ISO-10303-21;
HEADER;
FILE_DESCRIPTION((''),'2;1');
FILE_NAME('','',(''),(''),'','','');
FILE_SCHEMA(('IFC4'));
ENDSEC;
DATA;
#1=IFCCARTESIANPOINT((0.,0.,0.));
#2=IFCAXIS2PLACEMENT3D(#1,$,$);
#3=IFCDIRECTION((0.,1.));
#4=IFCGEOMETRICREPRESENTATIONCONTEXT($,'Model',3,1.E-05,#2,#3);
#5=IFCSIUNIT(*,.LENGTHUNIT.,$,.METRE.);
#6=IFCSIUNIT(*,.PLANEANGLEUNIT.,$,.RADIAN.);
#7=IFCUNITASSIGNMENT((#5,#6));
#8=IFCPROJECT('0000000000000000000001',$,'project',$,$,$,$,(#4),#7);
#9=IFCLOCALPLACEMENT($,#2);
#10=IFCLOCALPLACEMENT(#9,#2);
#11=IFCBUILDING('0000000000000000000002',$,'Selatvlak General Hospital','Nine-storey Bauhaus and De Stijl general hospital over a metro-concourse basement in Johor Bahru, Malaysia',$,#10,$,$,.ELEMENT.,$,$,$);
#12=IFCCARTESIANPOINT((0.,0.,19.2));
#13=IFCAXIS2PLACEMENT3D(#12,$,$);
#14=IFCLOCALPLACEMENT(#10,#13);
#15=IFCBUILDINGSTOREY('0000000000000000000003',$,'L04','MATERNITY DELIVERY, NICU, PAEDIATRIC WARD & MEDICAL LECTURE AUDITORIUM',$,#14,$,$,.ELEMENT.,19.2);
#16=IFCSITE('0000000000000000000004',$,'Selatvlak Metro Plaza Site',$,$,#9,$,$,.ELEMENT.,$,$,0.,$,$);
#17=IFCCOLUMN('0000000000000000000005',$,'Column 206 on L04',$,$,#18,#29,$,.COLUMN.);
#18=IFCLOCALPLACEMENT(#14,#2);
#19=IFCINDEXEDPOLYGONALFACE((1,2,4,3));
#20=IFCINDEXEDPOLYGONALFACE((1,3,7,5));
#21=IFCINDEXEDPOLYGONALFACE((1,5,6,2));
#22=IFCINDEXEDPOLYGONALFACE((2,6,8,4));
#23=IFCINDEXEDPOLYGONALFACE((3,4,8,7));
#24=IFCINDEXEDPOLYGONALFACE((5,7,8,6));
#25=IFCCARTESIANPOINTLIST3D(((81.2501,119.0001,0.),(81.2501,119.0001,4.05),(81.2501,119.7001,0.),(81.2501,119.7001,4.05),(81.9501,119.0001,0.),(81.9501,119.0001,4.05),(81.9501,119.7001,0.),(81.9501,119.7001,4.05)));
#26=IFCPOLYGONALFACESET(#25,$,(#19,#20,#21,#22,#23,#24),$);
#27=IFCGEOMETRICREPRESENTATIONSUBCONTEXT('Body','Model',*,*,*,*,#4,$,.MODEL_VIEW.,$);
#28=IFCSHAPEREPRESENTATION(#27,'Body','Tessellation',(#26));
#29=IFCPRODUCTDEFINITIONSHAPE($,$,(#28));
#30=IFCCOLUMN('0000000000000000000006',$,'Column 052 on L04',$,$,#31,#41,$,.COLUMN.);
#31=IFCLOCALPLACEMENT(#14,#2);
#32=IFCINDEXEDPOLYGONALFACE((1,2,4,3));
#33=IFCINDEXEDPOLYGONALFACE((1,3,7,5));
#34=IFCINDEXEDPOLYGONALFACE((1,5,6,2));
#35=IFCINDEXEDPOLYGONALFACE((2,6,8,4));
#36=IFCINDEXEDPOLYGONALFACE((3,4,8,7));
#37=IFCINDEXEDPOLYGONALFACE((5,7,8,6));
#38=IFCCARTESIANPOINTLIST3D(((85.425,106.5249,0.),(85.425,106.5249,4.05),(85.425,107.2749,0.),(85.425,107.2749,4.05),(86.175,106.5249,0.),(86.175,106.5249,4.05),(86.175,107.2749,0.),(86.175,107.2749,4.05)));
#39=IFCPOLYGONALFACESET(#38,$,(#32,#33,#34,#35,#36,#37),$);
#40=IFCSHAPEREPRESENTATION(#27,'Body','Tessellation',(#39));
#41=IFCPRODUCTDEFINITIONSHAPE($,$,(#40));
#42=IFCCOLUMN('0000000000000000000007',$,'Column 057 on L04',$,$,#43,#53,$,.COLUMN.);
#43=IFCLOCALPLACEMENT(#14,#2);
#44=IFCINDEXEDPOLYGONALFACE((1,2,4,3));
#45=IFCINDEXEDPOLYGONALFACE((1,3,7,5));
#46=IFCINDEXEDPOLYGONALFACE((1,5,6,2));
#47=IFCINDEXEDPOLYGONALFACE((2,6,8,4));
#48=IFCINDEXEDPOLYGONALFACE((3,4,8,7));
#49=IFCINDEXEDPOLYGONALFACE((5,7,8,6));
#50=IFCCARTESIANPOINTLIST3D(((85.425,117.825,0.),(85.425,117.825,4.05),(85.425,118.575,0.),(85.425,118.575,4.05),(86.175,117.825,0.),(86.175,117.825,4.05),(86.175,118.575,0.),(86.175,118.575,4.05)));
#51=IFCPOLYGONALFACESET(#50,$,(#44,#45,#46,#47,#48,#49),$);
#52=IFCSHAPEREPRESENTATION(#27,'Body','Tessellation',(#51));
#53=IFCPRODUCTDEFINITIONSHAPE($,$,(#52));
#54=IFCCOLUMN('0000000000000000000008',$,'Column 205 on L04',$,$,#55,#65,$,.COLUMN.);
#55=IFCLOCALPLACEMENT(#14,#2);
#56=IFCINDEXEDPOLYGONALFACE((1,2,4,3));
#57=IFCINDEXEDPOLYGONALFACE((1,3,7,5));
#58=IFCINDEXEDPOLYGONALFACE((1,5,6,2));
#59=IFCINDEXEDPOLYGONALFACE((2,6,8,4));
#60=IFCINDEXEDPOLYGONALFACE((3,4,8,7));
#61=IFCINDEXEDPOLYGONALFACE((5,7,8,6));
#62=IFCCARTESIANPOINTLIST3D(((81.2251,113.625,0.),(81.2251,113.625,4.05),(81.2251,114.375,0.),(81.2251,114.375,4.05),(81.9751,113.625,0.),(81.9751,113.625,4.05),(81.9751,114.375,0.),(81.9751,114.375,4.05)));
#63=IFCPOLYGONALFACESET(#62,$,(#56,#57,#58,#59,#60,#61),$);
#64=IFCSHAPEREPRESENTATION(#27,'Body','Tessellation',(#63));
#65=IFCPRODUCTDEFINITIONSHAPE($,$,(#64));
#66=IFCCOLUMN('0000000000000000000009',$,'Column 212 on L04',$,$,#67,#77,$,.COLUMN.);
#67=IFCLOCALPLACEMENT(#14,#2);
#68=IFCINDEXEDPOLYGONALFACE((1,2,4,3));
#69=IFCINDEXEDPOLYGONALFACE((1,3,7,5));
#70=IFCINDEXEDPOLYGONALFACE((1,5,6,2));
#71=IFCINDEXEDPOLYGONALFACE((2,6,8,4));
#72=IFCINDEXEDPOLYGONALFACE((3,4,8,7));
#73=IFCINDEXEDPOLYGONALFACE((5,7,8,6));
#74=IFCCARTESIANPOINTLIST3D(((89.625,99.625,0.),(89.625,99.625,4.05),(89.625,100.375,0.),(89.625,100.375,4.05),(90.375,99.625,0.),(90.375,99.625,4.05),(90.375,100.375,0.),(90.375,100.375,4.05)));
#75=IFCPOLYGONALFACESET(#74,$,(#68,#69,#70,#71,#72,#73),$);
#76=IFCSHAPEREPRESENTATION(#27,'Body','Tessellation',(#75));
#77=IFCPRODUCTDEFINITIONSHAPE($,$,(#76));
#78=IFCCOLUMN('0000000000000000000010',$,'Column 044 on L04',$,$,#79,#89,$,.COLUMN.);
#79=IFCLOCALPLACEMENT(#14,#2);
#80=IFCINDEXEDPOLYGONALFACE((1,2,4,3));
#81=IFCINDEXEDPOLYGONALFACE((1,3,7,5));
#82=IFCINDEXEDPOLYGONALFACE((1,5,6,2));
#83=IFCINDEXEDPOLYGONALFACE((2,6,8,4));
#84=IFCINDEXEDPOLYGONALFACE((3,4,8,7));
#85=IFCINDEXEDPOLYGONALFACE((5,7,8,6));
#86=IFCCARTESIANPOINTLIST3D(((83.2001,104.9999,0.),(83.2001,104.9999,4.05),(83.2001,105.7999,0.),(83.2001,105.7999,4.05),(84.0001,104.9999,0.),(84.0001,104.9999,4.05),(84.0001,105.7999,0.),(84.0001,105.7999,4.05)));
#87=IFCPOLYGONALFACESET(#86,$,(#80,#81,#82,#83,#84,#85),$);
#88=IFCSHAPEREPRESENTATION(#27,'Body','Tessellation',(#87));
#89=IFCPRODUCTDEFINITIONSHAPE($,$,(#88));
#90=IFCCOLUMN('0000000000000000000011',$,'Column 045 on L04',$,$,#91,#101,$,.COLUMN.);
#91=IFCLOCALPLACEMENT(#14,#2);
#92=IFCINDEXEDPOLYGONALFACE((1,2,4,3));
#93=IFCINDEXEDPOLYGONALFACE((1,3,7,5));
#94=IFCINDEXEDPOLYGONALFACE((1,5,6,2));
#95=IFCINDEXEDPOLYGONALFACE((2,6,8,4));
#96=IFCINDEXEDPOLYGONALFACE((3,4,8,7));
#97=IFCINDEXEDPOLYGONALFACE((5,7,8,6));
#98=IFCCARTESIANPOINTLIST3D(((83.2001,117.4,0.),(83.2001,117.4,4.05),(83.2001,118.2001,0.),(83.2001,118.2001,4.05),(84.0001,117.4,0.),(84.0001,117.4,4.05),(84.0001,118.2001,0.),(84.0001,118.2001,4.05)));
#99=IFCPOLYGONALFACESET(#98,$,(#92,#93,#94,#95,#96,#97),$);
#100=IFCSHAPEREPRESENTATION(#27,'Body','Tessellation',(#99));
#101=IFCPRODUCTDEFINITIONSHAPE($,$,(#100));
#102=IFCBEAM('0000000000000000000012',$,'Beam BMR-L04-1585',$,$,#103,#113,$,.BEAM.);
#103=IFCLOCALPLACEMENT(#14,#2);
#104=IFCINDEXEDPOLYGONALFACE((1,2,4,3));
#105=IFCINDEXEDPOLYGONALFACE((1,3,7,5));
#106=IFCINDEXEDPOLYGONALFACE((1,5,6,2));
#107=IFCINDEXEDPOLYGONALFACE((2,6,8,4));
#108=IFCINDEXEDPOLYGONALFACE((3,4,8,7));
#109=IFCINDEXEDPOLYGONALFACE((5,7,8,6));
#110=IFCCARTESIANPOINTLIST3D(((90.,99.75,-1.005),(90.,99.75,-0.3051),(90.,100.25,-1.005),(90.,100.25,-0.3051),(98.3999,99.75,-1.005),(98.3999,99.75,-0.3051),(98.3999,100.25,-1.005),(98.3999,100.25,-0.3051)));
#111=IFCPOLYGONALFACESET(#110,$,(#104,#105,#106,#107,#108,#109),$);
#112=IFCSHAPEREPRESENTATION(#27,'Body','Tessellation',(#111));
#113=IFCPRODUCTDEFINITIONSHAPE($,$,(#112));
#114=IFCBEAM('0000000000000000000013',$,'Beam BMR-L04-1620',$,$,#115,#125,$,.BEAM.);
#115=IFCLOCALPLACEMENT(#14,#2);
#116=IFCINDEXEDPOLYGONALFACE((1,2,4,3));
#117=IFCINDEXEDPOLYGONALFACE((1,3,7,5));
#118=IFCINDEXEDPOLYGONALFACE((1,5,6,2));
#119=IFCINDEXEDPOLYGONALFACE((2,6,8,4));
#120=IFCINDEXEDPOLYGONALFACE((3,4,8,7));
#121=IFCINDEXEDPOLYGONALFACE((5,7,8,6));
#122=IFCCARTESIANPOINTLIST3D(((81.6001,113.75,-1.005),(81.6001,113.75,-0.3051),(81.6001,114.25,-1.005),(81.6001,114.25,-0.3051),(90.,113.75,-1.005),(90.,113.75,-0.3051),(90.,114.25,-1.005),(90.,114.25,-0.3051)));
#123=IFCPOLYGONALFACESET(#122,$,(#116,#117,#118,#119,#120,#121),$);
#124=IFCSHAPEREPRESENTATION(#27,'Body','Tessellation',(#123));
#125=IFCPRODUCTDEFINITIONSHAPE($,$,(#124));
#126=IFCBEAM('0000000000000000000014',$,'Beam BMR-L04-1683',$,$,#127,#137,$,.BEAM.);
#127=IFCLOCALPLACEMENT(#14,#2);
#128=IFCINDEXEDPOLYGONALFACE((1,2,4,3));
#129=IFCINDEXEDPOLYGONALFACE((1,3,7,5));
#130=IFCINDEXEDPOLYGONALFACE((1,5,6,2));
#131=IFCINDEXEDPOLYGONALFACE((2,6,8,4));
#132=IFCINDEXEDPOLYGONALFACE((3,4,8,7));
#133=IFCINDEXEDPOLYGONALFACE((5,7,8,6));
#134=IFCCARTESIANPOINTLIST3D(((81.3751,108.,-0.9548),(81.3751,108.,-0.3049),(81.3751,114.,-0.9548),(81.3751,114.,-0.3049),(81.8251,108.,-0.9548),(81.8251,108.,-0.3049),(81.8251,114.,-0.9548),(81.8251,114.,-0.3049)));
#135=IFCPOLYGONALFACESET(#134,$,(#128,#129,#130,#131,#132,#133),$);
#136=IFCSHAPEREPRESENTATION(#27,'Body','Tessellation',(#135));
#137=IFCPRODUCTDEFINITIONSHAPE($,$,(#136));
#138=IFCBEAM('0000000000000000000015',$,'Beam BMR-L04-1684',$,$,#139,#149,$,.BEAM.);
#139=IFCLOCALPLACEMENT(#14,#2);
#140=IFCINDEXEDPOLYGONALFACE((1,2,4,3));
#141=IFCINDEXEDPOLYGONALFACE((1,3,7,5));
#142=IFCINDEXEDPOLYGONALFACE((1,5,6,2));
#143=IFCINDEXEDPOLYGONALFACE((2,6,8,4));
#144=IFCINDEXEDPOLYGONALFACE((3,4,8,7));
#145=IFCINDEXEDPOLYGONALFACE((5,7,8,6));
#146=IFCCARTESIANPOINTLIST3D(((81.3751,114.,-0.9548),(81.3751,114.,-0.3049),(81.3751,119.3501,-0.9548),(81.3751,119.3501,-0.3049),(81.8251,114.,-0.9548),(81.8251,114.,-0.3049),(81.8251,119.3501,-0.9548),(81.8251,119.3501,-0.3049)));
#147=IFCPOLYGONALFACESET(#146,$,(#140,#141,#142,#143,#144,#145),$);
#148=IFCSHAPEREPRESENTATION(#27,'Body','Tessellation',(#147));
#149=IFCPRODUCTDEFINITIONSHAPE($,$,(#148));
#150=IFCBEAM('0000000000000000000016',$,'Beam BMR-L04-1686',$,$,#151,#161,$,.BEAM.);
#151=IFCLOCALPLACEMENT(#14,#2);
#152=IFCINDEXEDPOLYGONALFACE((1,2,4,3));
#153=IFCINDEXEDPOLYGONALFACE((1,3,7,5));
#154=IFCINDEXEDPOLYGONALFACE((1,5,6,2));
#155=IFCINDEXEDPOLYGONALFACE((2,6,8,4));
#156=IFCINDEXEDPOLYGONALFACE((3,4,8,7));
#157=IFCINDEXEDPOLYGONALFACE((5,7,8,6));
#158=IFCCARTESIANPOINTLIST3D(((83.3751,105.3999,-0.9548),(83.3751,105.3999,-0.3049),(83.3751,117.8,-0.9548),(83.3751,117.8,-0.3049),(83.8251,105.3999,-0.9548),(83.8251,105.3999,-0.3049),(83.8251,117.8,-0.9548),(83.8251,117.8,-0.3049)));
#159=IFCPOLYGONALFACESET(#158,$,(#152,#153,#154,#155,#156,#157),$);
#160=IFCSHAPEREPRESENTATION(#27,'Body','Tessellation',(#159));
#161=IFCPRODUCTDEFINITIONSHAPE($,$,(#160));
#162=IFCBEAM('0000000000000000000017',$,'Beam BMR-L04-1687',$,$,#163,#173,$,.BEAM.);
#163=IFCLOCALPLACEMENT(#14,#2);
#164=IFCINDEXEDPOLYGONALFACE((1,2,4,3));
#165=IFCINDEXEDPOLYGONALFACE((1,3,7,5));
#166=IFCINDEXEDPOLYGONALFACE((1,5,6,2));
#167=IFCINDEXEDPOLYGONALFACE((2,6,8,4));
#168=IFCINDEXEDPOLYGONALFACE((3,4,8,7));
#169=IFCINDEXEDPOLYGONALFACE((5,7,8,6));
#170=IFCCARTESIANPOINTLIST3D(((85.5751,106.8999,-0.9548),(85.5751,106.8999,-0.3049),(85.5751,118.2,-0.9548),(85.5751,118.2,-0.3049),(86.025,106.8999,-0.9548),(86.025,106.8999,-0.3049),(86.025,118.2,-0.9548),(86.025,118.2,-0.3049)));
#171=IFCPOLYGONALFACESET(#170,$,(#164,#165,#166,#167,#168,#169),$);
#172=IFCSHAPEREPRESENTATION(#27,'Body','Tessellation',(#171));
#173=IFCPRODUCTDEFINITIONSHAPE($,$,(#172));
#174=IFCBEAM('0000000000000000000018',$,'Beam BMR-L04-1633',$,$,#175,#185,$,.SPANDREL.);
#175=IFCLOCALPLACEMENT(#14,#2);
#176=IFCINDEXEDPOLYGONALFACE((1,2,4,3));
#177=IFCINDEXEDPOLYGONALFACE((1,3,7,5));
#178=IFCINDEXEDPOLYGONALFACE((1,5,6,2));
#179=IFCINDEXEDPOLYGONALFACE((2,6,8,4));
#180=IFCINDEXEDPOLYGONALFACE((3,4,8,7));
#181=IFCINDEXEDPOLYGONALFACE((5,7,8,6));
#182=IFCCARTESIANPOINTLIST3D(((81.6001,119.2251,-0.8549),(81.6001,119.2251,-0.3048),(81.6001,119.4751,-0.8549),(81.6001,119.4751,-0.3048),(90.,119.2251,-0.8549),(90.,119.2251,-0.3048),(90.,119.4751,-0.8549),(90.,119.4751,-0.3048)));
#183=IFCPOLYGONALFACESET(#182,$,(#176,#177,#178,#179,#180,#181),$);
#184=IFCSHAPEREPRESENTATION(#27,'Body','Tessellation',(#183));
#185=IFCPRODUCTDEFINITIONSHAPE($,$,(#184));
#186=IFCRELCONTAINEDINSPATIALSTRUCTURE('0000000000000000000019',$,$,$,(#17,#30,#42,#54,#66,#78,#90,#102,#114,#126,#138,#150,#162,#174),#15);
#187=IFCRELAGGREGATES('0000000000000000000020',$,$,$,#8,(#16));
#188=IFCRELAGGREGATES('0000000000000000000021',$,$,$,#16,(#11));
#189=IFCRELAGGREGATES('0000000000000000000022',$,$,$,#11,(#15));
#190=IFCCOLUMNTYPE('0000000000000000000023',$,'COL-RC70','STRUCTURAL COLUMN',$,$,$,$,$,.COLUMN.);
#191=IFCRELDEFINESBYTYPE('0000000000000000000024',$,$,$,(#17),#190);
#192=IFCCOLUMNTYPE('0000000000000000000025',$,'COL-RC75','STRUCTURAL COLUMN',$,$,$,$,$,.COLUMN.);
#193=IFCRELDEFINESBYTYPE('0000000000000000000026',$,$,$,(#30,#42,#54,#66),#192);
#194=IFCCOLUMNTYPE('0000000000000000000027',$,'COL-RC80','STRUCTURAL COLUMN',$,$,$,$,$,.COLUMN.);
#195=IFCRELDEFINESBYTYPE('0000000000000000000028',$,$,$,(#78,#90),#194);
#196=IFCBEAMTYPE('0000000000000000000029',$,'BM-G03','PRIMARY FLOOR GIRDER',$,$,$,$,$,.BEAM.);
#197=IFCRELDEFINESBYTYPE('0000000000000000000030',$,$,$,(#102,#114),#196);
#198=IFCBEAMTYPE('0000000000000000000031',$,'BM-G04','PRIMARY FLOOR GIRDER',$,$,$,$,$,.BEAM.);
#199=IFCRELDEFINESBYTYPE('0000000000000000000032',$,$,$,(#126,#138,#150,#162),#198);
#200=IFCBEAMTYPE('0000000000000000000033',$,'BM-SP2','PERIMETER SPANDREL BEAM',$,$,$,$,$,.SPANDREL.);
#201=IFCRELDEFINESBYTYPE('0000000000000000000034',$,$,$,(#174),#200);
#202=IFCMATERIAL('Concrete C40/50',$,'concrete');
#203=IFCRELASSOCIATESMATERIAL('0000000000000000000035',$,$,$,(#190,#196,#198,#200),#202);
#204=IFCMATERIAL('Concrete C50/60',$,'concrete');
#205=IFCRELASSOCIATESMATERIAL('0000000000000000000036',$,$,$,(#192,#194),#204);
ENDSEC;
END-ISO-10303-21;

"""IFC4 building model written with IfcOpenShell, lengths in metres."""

from ifc_helpers import new_model, si_unit, direction, frame, origin, origin_2d, place, context, subcontext, project, spatial, rectangle, extrude, material, material_profile, profile_set, type_object, element, save


model = new_model("IFC4")

# Units and contexts
model_context = context("Model", 3, precision=1e-05, world=origin(), true_north=direction((0.0, 1.0)))
body_context = subcontext(model_context, "Body", "Model", "MODEL_VIEW")
ifc_project = project(units=[si_unit("LENGTHUNIT", "METRE"), si_unit("PLANEANGLEUNIT", "RADIAN")], contexts=[model_context])

# Site, building, storey
site_placement = place(None, origin())
site = spatial("IfcSite", under=ifc_project, at=site_placement, Name="Selatvlak Metro Plaza Site", CompositionType="ELEMENT", RefElevation=0.0)
building_placement = place(site_placement, origin())
building = spatial("IfcBuilding", under=site, at=building_placement, Name="Selatvlak General Hospital", Description="Nine-storey Bauhaus and De Stijl general hospital over a metro-concourse basement in Johor Bahru, Malaysia", CompositionType="ELEMENT")
storey_placement = place(building_placement, frame((0.0, 0.0, 19.2)))
storey = spatial("IfcBuildingStorey", under=building, at=storey_placement, Name="L04", Description="MATERNITY DELIVERY, NICU, PAEDIATRIC WARD & MEDICAL LECTURE AUDITORIUM", CompositionType="ELEMENT", Elevation=19.2)

# Columns
ifc_material_1 = material(Name="Concrete C40/50", Category="concrete")
ifc_material_profile_1 = material_profile(ifc_material_1, rectangle(XDim=0.7, YDim=0.7, at=origin_2d()), Name="RC-COL 700x700")
ifc_profile_set_1 = profile_set([ifc_material_profile_1], Name="Concrete C40/50")
column_type_1 = type_object("IfcColumnType", Name="COL-RC70", Description="STRUCTURAL COLUMN", PredefinedType="COLUMN", material=ifc_profile_set_1)
column_placement = place(storey_placement, frame((81.6001, 119.3501, 0.0), z_axis=(0.0, 0.0, 1.0), x_axis=(1.0, 0.0, 0.0)))
element("IfcColumn", 1, at=column_placement, inside=storey, type_object=column_type_1, Name="Column 206 on L04", PredefinedType="COLUMN", context=body_context, shape_type="SweptSolid", body=[
    extrude(rectangle(XDim=0.7, YDim=0.7, at=origin_2d()), origin(), (0.0, 0.0, 1.0), 4.05),
])
ifc_material_2 = material(Name="Concrete C50/60", Category="concrete")
ifc_material_profile_2 = material_profile(ifc_material_2, rectangle(XDim=0.75, YDim=0.75, at=origin_2d()), Name="RC-COL 750x750")
ifc_profile_set_2 = profile_set([ifc_material_profile_2], Name="Concrete C50/60")
column_type_2 = type_object("IfcColumnType", Name="COL-RC75", Description="STRUCTURAL COLUMN", PredefinedType="COLUMN", material=ifc_profile_set_2)
for number, where, z_axis, x_axis, name in (
    (2, (85.8, 106.8999, 0.0), (0.0, 0.0, 1.0), (1.0, 0.0, 0.0), "Column 052 on L04"),
    (3, (85.8, 118.2, 0.0), (0.0, 0.0, 1.0), (1.0, 0.0, 0.0), "Column 057 on L04"),
    (4, (81.6001, 114.0, 0.0), (0.0, 0.0, 1.0), (1.0, 0.0, 0.0), "Column 205 on L04"),
    (5, (90.0, 100.0, 0.0), (0.0, 0.0, 1.0), (1.0, 0.0, 0.0), "Column 212 on L04"),
):
    element("IfcColumn", number, at=place(storey_placement, frame(where, z_axis=z_axis, x_axis=x_axis)), inside=storey, type_object=column_type_2, Name=name, PredefinedType="COLUMN", context=body_context, shape_type="SweptSolid", body=[
        extrude(rectangle(XDim=0.75, YDim=0.75, at=origin_2d()), origin(), (0.0, 0.0, 1.0), 4.05),
    ])
ifc_material_profile_3 = material_profile(ifc_material_2, rectangle(XDim=0.8, YDim=0.8, at=origin_2d()), Name="RC-COL 800x800")
ifc_profile_set_3 = profile_set([ifc_material_profile_3], Name="Concrete C50/60")
column_type_3 = type_object("IfcColumnType", Name="COL-RC80", Description="STRUCTURAL COLUMN", PredefinedType="COLUMN", material=ifc_profile_set_3)
for number, where, z_axis, x_axis, name in (
    (6, (83.6001, 105.3999, 0.0), (0.0, 0.0, 1.0), (1.0, 0.0, 0.0), "Column 044 on L04"),
    (7, (83.6001, 117.8, 0.0), (0.0, 0.0, 1.0), (1.0, 0.0, 0.0), "Column 045 on L04"),
):
    element("IfcColumn", number, at=place(storey_placement, frame(where, z_axis=z_axis, x_axis=x_axis)), inside=storey, type_object=column_type_3, Name=name, PredefinedType="COLUMN", context=body_context, shape_type="SweptSolid", body=[
        extrude(rectangle(XDim=0.8, YDim=0.8, at=origin_2d()), origin(), (0.0, 0.0, 1.0), 4.05),
    ])

# Beams
ifc_material_profile_4 = material_profile(ifc_material_1, rectangle(XDim=0.5, YDim=0.7, at=origin_2d()), Name="RC-BM 500x700")
ifc_profile_set_4 = profile_set([ifc_material_profile_4], Name="Concrete C40/50")
beam_type_1 = type_object("IfcBeamType", Name="BM-G03", Description="PRIMARY FLOOR GIRDER", PredefinedType="BEAM", material=ifc_profile_set_4)
for number, where, z_axis, x_axis, name in (
    (8, (90.0, 100.0, -0.655), (1.0, 0.0, 0.0), (0.0, 1.0, 0.0), "Beam BMR-L04-1585"),
    (9, (81.6001, 114.0, -0.655), (1.0, 0.0, 0.0), (0.0, 1.0, 0.0), "Beam BMR-L04-1620"),
):
    element("IfcBeam", number, at=place(storey_placement, frame(where, z_axis=z_axis, x_axis=x_axis)), inside=storey, type_object=beam_type_1, Name=name, PredefinedType="BEAM", context=body_context, shape_type="SweptSolid", body=[
        extrude(rectangle(XDim=0.5, YDim=0.7, at=origin_2d()), origin(), (0.0, 0.0, 1.0), 8.3999),
    ])
ifc_material_profile_5 = material_profile(ifc_material_1, rectangle(XDim=0.45, YDim=0.6499, at=origin_2d()), Name="RC-BM 450x650")
ifc_profile_set_5 = profile_set([ifc_material_profile_5], Name="Concrete C40/50")
beam_type_2 = type_object("IfcBeamType", Name="BM-G04", Description="PRIMARY FLOOR GIRDER", PredefinedType="BEAM", material=ifc_profile_set_5)
beam_1_placement = place(storey_placement, frame((81.6001, 108.0, -0.6299), z_axis=(0.0, 1.0, 0.0), x_axis=(-1.0, 0.0, 0.0)))
element("IfcBeam", 10, at=beam_1_placement, inside=storey, type_object=beam_type_2, Name="Beam BMR-L04-1683", PredefinedType="BEAM", context=body_context, shape_type="SweptSolid", body=[
    extrude(rectangle(XDim=0.45, YDim=0.6499, at=origin_2d()), origin(), (0.0, 0.0, 1.0), 6.0),
])
beam_2_placement = place(storey_placement, frame((81.6001, 114.0, -0.6299), z_axis=(0.0, 1.0, 0.0), x_axis=(-1.0, 0.0, 0.0)))
element("IfcBeam", 11, at=beam_2_placement, inside=storey, type_object=beam_type_2, Name="Beam BMR-L04-1684", PredefinedType="BEAM", context=body_context, shape_type="SweptSolid", body=[
    extrude(rectangle(XDim=0.45, YDim=0.6499, at=origin_2d()), origin(), (0.0, 0.0, 1.0), 5.3501),
])
beam_3_placement = place(storey_placement, frame((83.6001, 105.3999, -0.6299), z_axis=(0.0, 1.0, 0.0), x_axis=(-1.0, 0.0, 0.0)))
element("IfcBeam", 12, at=beam_3_placement, inside=storey, type_object=beam_type_2, Name="Beam BMR-L04-1686", PredefinedType="BEAM", context=body_context, shape_type="SweptSolid", body=[
    extrude(rectangle(XDim=0.45, YDim=0.6499, at=origin_2d()), origin(), (0.0, 0.0, 1.0), 12.4001),
])
beam_4_placement = place(storey_placement, frame((85.8, 106.8999, -0.6299), z_axis=(0.0, 1.0, 0.0), x_axis=(-1.0, 0.0, 0.0)))
element("IfcBeam", 13, at=beam_4_placement, inside=storey, type_object=beam_type_2, Name="Beam BMR-L04-1687", PredefinedType="BEAM", context=body_context, shape_type="SweptSolid", body=[
    extrude(rectangle(XDim=0.45, YDim=0.6499, at=origin_2d()), origin(), (0.0, 0.0, 1.0), 11.3),
])
ifc_material_profile_6 = material_profile(ifc_material_1, rectangle(XDim=0.25, YDim=0.55, at=origin_2d()), Name="RC-SP 250x550")
ifc_profile_set_6 = profile_set([ifc_material_profile_6], Name="Concrete C40/50")
beam_type_3 = type_object("IfcBeamType", Name="BM-SP2", Description="PERIMETER SPANDREL BEAM", PredefinedType="SPANDREL", material=ifc_profile_set_6)
beam_5_placement = place(storey_placement, frame((81.6001, 119.3501, -0.5798), z_axis=(1.0, 0.0, 0.0), x_axis=(0.0, 1.0, 0.0)))
element("IfcBeam", 14, at=beam_5_placement, inside=storey, type_object=beam_type_3, Name="Beam BMR-L04-1633", PredefinedType="SPANDREL", context=body_context, shape_type="SweptSolid", body=[
    extrude(rectangle(XDim=0.25, YDim=0.55, at=origin_2d()), origin(), (0.0, 0.0, 1.0), 8.3999),
])

save(model, "model.ifc")
